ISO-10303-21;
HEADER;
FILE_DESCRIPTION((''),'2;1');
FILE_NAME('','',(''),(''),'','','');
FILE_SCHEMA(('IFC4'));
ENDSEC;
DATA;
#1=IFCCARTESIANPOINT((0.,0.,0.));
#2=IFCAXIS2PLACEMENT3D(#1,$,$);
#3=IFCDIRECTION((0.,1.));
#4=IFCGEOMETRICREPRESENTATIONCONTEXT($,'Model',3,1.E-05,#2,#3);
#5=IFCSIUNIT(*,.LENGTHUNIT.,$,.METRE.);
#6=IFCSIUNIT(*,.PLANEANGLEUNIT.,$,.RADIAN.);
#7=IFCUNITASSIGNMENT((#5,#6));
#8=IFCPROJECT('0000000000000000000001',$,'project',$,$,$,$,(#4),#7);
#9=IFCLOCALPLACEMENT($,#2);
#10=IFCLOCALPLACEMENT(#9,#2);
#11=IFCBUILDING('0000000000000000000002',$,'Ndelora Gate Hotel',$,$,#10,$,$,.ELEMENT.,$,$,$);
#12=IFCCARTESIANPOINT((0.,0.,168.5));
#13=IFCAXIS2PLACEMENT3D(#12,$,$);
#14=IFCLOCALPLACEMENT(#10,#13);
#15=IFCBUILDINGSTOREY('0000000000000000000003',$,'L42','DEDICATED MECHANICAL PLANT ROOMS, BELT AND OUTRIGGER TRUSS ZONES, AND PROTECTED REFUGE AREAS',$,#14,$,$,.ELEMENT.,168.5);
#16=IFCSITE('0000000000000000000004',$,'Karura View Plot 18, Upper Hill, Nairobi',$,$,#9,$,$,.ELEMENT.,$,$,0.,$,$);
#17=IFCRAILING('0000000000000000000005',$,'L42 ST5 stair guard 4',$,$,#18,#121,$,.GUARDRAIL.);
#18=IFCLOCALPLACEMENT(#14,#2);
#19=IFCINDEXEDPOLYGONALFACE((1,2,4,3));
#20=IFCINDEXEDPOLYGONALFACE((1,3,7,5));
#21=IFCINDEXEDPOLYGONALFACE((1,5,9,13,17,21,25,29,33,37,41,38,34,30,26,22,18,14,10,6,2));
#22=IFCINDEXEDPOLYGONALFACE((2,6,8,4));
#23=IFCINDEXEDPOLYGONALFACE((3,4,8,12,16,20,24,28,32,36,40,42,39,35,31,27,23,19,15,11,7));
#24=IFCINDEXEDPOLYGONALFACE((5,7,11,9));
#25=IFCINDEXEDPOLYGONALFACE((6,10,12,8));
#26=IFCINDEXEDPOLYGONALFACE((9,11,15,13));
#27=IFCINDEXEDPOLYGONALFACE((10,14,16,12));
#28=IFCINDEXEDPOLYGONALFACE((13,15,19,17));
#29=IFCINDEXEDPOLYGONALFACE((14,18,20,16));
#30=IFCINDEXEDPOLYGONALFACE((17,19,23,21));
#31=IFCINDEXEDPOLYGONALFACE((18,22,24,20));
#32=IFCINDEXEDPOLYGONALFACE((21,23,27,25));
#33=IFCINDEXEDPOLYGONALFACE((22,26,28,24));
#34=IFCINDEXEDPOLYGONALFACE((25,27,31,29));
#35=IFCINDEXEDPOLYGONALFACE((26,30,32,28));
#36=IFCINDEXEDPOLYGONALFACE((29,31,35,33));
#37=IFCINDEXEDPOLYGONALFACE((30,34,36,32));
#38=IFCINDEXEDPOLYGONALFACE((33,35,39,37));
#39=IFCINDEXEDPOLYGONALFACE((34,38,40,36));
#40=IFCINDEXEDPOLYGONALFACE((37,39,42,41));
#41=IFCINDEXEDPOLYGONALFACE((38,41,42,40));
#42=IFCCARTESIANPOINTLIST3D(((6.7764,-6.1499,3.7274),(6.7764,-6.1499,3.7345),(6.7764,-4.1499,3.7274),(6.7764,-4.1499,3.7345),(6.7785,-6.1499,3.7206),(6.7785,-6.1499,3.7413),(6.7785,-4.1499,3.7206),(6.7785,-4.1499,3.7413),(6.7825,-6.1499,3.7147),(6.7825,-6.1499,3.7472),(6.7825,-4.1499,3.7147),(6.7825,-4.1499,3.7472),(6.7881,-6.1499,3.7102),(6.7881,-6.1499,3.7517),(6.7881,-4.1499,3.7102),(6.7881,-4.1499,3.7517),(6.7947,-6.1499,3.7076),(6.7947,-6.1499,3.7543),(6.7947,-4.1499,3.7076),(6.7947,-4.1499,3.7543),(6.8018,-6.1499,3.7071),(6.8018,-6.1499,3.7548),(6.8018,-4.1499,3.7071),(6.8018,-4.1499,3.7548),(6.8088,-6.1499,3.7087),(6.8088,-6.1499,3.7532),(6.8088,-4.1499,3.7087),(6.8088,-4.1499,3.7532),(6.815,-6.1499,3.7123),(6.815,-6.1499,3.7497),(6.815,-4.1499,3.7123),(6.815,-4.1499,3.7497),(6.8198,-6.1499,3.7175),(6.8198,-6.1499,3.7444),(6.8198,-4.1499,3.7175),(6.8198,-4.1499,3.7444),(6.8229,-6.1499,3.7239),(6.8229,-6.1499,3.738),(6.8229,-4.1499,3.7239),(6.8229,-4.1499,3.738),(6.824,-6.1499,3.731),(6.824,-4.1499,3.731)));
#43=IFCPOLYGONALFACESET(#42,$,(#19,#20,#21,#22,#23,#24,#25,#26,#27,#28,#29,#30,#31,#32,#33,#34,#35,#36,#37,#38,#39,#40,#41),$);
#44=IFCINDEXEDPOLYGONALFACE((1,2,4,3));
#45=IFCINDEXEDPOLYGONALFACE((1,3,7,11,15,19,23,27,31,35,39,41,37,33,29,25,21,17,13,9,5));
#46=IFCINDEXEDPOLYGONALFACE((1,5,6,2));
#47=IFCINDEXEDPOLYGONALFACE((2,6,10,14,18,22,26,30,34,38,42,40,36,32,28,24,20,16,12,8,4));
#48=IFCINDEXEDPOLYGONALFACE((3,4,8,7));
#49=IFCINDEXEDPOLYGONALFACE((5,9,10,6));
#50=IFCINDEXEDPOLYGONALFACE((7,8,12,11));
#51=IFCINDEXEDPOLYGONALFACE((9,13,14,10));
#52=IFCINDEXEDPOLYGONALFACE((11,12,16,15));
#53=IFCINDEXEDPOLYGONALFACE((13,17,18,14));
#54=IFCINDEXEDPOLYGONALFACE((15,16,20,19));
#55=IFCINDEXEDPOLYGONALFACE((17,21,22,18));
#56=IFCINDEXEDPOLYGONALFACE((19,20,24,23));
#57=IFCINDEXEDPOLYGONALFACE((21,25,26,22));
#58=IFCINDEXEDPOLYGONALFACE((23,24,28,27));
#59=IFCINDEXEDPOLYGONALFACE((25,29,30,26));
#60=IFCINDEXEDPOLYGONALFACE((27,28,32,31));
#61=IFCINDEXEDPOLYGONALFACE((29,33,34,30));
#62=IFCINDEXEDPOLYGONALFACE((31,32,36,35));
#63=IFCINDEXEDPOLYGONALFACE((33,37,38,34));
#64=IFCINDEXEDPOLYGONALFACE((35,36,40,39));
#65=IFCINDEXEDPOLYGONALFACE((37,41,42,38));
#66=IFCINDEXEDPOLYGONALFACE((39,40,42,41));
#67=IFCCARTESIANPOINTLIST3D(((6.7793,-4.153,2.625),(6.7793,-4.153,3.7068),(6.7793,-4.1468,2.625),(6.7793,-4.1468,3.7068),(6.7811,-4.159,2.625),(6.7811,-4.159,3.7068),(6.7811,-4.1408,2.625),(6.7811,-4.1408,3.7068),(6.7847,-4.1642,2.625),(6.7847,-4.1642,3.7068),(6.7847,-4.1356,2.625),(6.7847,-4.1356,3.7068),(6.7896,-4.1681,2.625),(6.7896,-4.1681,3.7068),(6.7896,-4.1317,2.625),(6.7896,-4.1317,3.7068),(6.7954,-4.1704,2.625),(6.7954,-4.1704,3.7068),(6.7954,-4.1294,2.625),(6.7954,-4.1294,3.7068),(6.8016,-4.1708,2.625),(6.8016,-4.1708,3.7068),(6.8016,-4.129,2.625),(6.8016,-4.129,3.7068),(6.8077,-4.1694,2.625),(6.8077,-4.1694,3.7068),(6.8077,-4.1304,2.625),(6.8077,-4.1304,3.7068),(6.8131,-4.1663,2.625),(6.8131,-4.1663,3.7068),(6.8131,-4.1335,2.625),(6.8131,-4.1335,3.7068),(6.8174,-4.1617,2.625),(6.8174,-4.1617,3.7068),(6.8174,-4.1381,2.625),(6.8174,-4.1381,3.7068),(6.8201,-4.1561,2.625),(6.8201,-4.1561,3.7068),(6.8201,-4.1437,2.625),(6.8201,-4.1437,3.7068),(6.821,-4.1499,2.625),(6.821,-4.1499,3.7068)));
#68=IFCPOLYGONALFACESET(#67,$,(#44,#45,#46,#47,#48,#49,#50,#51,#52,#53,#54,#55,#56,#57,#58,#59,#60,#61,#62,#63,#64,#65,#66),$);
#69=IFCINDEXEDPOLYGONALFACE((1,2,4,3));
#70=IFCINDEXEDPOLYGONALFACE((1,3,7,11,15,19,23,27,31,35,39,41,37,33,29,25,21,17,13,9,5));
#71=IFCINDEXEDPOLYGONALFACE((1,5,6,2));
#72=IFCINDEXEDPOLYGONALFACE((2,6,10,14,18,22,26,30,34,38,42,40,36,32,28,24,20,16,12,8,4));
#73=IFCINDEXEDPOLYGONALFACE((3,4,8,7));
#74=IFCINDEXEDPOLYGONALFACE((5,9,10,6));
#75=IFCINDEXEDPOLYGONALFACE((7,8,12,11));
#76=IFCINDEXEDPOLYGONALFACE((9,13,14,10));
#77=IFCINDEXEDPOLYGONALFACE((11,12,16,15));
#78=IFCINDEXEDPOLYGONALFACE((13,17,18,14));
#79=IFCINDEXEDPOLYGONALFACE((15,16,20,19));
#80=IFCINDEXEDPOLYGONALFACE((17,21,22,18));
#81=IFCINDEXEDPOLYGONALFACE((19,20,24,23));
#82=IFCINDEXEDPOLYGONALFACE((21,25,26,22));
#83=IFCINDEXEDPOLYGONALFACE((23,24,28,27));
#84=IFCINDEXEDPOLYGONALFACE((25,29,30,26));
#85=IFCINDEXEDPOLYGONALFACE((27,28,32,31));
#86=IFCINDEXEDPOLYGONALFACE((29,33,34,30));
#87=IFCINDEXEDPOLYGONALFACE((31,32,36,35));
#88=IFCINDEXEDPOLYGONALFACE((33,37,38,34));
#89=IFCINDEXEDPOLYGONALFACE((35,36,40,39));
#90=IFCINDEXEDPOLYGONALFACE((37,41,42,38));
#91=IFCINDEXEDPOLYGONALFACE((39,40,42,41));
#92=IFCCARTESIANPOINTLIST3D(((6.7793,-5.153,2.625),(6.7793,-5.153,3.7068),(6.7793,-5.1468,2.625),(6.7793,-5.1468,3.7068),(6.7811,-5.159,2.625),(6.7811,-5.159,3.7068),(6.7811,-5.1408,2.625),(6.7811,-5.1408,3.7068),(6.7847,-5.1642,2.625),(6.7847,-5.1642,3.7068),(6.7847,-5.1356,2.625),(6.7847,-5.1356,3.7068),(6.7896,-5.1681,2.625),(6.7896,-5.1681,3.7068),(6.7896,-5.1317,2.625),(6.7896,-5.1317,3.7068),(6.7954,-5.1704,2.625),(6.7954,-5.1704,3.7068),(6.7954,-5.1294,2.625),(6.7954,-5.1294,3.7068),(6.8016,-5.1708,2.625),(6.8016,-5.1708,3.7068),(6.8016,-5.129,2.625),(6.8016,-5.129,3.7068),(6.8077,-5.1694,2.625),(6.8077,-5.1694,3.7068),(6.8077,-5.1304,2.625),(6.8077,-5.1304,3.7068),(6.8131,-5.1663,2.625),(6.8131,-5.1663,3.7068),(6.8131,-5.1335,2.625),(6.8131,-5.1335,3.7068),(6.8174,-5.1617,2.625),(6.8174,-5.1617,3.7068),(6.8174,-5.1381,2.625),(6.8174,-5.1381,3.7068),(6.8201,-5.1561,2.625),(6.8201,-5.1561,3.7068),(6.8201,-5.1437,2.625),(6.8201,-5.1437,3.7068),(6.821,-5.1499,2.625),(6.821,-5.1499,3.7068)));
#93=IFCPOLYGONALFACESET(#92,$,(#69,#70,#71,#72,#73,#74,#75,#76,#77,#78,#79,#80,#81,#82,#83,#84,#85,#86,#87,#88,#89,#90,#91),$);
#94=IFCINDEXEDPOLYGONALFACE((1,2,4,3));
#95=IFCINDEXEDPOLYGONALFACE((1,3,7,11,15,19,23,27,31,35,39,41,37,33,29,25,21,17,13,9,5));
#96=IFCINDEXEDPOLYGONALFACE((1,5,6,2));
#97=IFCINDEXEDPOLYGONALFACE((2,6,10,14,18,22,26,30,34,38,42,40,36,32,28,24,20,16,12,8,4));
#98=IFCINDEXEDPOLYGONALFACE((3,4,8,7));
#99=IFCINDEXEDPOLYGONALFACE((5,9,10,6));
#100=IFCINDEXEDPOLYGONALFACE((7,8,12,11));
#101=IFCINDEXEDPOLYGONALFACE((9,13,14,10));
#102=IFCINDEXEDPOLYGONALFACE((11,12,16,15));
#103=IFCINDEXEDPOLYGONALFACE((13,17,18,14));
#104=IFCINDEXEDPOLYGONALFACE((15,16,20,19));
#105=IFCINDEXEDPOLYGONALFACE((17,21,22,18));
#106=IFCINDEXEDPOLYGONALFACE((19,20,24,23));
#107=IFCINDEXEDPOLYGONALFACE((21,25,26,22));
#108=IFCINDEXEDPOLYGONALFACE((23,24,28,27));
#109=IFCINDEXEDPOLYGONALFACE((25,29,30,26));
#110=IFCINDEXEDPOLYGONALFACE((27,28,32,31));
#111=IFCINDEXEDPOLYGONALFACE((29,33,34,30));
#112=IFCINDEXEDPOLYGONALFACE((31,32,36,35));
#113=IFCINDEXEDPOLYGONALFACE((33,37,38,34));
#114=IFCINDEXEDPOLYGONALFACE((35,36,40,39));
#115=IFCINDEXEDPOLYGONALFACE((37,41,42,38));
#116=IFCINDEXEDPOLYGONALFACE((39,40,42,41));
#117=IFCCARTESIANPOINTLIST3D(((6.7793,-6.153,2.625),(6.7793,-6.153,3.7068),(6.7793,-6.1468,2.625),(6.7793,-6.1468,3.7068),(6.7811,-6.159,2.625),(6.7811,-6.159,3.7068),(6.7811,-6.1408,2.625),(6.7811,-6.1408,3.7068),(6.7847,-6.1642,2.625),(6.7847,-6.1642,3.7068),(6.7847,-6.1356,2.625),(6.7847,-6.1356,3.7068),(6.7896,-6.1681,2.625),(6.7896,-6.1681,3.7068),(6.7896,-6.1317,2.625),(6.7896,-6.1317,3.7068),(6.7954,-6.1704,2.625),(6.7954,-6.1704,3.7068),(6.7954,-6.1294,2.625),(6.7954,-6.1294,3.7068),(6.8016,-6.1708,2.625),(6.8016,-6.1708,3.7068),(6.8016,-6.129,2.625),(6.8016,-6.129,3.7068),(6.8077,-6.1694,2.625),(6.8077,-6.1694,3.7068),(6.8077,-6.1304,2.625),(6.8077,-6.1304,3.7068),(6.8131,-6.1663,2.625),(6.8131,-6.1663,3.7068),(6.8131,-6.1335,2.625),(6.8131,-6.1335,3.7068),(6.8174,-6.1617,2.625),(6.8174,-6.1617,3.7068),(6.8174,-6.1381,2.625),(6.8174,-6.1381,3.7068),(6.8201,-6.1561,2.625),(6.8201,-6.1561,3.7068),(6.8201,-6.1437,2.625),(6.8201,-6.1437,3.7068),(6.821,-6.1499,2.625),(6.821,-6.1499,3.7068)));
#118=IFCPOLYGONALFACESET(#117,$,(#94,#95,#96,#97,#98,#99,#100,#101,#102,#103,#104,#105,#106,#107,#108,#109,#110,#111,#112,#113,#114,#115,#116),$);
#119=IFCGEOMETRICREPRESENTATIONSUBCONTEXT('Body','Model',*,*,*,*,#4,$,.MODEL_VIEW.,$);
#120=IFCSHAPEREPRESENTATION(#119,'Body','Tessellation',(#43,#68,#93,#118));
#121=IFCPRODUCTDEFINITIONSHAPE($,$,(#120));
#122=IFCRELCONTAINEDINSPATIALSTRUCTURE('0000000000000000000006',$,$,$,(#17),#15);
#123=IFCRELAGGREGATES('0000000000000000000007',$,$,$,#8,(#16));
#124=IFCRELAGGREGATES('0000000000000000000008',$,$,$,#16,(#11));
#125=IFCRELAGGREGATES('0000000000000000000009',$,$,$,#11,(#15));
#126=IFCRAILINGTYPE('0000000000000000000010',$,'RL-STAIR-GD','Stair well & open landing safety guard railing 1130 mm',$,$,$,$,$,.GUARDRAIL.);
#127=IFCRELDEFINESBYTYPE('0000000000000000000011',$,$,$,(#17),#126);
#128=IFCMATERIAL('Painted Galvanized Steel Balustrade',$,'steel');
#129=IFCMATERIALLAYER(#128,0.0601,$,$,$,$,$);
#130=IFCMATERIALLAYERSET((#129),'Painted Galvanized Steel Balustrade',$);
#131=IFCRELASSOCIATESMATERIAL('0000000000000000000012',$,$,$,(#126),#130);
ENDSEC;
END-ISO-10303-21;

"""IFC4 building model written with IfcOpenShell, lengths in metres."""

from ifc_helpers import new_model, si_unit, direction, frame, origin, origin_2d, place, context, subcontext, project, spatial, circle, extrude, material, layer, layer_set, type_object, element, save


model = new_model("IFC4")

# Units and contexts
model_context = context("Model", 3, precision=1e-05, world=origin(), true_north=direction((0.0, 1.0)))
body_context = subcontext(model_context, "Body", "Model", "MODEL_VIEW")
ifc_project = project(units=[si_unit("LENGTHUNIT", "METRE"), si_unit("PLANEANGLEUNIT", "RADIAN")], contexts=[model_context])

# Site, building, storey
site_placement = place(None, origin())
site = spatial("IfcSite", under=ifc_project, at=site_placement, Name="Karura View Plot 18, Upper Hill, Nairobi", CompositionType="ELEMENT", RefElevation=0.0)
building_placement = place(site_placement, origin())
building = spatial("IfcBuilding", under=site, at=building_placement, Name="Ndelora Gate Hotel", CompositionType="ELEMENT")
storey_placement = place(building_placement, frame((0.0, 0.0, 168.5)))
storey = spatial("IfcBuildingStorey", under=building, at=storey_placement, Name="L42", Description="DEDICATED MECHANICAL PLANT ROOMS, BELT AND OUTRIGGER TRUSS ZONES, AND PROTECTED REFUGE AREAS", CompositionType="ELEMENT", Elevation=168.5)

# Railing
ifc_material_1 = material(Name="Painted Galvanized Steel Balustrade", Category="steel")
ifc_layer_1 = layer(ifc_material_1, 0.0601)
ifc_layer_set_1 = layer_set([ifc_layer_1], Name="Painted Galvanized Steel Balustrade")
railing_type_1 = type_object("IfcRailingType", Name="RL-STAIR-GD", Description="Stair well & open landing safety guard railing 1130 mm", PredefinedType="GUARDRAIL", material=ifc_layer_set_1)
for number, where, name in (
    (1, (6.8, -4.1499, 2.625), "L42 ST5 stair guard 4"),
):
    element("IfcRailing", number, at=place(storey_placement, frame(where)), inside=storey, type_object=railing_type_1, Name=name, PredefinedType="GUARDRAIL", context=body_context, shape_type="SweptSolid", body=[
        extrude(circle(Radius=0.0239, at=origin_2d()), frame((0.0, 0.0, 1.106), z_axis=(0.0, -1.0, 0.0), x_axis=(1.0, 0.0, 0.0)), (0.0, 0.0, 1.0), 2.0),
        extrude(circle(Radius=0.021, at=origin_2d()), origin(), (0.0, 0.0, 1.0), 1.0818),
        extrude(circle(Radius=0.021, at=origin_2d()), frame((0.0, -1.0, 0.0)), (0.0, 0.0, 1.0), 1.0818),
        extrude(circle(Radius=0.021, at=origin_2d()), frame((0.0, -2.0, 0.0)), (0.0, 0.0, 1.0), 1.0818),
    ])

save(model, "model.ifc")
